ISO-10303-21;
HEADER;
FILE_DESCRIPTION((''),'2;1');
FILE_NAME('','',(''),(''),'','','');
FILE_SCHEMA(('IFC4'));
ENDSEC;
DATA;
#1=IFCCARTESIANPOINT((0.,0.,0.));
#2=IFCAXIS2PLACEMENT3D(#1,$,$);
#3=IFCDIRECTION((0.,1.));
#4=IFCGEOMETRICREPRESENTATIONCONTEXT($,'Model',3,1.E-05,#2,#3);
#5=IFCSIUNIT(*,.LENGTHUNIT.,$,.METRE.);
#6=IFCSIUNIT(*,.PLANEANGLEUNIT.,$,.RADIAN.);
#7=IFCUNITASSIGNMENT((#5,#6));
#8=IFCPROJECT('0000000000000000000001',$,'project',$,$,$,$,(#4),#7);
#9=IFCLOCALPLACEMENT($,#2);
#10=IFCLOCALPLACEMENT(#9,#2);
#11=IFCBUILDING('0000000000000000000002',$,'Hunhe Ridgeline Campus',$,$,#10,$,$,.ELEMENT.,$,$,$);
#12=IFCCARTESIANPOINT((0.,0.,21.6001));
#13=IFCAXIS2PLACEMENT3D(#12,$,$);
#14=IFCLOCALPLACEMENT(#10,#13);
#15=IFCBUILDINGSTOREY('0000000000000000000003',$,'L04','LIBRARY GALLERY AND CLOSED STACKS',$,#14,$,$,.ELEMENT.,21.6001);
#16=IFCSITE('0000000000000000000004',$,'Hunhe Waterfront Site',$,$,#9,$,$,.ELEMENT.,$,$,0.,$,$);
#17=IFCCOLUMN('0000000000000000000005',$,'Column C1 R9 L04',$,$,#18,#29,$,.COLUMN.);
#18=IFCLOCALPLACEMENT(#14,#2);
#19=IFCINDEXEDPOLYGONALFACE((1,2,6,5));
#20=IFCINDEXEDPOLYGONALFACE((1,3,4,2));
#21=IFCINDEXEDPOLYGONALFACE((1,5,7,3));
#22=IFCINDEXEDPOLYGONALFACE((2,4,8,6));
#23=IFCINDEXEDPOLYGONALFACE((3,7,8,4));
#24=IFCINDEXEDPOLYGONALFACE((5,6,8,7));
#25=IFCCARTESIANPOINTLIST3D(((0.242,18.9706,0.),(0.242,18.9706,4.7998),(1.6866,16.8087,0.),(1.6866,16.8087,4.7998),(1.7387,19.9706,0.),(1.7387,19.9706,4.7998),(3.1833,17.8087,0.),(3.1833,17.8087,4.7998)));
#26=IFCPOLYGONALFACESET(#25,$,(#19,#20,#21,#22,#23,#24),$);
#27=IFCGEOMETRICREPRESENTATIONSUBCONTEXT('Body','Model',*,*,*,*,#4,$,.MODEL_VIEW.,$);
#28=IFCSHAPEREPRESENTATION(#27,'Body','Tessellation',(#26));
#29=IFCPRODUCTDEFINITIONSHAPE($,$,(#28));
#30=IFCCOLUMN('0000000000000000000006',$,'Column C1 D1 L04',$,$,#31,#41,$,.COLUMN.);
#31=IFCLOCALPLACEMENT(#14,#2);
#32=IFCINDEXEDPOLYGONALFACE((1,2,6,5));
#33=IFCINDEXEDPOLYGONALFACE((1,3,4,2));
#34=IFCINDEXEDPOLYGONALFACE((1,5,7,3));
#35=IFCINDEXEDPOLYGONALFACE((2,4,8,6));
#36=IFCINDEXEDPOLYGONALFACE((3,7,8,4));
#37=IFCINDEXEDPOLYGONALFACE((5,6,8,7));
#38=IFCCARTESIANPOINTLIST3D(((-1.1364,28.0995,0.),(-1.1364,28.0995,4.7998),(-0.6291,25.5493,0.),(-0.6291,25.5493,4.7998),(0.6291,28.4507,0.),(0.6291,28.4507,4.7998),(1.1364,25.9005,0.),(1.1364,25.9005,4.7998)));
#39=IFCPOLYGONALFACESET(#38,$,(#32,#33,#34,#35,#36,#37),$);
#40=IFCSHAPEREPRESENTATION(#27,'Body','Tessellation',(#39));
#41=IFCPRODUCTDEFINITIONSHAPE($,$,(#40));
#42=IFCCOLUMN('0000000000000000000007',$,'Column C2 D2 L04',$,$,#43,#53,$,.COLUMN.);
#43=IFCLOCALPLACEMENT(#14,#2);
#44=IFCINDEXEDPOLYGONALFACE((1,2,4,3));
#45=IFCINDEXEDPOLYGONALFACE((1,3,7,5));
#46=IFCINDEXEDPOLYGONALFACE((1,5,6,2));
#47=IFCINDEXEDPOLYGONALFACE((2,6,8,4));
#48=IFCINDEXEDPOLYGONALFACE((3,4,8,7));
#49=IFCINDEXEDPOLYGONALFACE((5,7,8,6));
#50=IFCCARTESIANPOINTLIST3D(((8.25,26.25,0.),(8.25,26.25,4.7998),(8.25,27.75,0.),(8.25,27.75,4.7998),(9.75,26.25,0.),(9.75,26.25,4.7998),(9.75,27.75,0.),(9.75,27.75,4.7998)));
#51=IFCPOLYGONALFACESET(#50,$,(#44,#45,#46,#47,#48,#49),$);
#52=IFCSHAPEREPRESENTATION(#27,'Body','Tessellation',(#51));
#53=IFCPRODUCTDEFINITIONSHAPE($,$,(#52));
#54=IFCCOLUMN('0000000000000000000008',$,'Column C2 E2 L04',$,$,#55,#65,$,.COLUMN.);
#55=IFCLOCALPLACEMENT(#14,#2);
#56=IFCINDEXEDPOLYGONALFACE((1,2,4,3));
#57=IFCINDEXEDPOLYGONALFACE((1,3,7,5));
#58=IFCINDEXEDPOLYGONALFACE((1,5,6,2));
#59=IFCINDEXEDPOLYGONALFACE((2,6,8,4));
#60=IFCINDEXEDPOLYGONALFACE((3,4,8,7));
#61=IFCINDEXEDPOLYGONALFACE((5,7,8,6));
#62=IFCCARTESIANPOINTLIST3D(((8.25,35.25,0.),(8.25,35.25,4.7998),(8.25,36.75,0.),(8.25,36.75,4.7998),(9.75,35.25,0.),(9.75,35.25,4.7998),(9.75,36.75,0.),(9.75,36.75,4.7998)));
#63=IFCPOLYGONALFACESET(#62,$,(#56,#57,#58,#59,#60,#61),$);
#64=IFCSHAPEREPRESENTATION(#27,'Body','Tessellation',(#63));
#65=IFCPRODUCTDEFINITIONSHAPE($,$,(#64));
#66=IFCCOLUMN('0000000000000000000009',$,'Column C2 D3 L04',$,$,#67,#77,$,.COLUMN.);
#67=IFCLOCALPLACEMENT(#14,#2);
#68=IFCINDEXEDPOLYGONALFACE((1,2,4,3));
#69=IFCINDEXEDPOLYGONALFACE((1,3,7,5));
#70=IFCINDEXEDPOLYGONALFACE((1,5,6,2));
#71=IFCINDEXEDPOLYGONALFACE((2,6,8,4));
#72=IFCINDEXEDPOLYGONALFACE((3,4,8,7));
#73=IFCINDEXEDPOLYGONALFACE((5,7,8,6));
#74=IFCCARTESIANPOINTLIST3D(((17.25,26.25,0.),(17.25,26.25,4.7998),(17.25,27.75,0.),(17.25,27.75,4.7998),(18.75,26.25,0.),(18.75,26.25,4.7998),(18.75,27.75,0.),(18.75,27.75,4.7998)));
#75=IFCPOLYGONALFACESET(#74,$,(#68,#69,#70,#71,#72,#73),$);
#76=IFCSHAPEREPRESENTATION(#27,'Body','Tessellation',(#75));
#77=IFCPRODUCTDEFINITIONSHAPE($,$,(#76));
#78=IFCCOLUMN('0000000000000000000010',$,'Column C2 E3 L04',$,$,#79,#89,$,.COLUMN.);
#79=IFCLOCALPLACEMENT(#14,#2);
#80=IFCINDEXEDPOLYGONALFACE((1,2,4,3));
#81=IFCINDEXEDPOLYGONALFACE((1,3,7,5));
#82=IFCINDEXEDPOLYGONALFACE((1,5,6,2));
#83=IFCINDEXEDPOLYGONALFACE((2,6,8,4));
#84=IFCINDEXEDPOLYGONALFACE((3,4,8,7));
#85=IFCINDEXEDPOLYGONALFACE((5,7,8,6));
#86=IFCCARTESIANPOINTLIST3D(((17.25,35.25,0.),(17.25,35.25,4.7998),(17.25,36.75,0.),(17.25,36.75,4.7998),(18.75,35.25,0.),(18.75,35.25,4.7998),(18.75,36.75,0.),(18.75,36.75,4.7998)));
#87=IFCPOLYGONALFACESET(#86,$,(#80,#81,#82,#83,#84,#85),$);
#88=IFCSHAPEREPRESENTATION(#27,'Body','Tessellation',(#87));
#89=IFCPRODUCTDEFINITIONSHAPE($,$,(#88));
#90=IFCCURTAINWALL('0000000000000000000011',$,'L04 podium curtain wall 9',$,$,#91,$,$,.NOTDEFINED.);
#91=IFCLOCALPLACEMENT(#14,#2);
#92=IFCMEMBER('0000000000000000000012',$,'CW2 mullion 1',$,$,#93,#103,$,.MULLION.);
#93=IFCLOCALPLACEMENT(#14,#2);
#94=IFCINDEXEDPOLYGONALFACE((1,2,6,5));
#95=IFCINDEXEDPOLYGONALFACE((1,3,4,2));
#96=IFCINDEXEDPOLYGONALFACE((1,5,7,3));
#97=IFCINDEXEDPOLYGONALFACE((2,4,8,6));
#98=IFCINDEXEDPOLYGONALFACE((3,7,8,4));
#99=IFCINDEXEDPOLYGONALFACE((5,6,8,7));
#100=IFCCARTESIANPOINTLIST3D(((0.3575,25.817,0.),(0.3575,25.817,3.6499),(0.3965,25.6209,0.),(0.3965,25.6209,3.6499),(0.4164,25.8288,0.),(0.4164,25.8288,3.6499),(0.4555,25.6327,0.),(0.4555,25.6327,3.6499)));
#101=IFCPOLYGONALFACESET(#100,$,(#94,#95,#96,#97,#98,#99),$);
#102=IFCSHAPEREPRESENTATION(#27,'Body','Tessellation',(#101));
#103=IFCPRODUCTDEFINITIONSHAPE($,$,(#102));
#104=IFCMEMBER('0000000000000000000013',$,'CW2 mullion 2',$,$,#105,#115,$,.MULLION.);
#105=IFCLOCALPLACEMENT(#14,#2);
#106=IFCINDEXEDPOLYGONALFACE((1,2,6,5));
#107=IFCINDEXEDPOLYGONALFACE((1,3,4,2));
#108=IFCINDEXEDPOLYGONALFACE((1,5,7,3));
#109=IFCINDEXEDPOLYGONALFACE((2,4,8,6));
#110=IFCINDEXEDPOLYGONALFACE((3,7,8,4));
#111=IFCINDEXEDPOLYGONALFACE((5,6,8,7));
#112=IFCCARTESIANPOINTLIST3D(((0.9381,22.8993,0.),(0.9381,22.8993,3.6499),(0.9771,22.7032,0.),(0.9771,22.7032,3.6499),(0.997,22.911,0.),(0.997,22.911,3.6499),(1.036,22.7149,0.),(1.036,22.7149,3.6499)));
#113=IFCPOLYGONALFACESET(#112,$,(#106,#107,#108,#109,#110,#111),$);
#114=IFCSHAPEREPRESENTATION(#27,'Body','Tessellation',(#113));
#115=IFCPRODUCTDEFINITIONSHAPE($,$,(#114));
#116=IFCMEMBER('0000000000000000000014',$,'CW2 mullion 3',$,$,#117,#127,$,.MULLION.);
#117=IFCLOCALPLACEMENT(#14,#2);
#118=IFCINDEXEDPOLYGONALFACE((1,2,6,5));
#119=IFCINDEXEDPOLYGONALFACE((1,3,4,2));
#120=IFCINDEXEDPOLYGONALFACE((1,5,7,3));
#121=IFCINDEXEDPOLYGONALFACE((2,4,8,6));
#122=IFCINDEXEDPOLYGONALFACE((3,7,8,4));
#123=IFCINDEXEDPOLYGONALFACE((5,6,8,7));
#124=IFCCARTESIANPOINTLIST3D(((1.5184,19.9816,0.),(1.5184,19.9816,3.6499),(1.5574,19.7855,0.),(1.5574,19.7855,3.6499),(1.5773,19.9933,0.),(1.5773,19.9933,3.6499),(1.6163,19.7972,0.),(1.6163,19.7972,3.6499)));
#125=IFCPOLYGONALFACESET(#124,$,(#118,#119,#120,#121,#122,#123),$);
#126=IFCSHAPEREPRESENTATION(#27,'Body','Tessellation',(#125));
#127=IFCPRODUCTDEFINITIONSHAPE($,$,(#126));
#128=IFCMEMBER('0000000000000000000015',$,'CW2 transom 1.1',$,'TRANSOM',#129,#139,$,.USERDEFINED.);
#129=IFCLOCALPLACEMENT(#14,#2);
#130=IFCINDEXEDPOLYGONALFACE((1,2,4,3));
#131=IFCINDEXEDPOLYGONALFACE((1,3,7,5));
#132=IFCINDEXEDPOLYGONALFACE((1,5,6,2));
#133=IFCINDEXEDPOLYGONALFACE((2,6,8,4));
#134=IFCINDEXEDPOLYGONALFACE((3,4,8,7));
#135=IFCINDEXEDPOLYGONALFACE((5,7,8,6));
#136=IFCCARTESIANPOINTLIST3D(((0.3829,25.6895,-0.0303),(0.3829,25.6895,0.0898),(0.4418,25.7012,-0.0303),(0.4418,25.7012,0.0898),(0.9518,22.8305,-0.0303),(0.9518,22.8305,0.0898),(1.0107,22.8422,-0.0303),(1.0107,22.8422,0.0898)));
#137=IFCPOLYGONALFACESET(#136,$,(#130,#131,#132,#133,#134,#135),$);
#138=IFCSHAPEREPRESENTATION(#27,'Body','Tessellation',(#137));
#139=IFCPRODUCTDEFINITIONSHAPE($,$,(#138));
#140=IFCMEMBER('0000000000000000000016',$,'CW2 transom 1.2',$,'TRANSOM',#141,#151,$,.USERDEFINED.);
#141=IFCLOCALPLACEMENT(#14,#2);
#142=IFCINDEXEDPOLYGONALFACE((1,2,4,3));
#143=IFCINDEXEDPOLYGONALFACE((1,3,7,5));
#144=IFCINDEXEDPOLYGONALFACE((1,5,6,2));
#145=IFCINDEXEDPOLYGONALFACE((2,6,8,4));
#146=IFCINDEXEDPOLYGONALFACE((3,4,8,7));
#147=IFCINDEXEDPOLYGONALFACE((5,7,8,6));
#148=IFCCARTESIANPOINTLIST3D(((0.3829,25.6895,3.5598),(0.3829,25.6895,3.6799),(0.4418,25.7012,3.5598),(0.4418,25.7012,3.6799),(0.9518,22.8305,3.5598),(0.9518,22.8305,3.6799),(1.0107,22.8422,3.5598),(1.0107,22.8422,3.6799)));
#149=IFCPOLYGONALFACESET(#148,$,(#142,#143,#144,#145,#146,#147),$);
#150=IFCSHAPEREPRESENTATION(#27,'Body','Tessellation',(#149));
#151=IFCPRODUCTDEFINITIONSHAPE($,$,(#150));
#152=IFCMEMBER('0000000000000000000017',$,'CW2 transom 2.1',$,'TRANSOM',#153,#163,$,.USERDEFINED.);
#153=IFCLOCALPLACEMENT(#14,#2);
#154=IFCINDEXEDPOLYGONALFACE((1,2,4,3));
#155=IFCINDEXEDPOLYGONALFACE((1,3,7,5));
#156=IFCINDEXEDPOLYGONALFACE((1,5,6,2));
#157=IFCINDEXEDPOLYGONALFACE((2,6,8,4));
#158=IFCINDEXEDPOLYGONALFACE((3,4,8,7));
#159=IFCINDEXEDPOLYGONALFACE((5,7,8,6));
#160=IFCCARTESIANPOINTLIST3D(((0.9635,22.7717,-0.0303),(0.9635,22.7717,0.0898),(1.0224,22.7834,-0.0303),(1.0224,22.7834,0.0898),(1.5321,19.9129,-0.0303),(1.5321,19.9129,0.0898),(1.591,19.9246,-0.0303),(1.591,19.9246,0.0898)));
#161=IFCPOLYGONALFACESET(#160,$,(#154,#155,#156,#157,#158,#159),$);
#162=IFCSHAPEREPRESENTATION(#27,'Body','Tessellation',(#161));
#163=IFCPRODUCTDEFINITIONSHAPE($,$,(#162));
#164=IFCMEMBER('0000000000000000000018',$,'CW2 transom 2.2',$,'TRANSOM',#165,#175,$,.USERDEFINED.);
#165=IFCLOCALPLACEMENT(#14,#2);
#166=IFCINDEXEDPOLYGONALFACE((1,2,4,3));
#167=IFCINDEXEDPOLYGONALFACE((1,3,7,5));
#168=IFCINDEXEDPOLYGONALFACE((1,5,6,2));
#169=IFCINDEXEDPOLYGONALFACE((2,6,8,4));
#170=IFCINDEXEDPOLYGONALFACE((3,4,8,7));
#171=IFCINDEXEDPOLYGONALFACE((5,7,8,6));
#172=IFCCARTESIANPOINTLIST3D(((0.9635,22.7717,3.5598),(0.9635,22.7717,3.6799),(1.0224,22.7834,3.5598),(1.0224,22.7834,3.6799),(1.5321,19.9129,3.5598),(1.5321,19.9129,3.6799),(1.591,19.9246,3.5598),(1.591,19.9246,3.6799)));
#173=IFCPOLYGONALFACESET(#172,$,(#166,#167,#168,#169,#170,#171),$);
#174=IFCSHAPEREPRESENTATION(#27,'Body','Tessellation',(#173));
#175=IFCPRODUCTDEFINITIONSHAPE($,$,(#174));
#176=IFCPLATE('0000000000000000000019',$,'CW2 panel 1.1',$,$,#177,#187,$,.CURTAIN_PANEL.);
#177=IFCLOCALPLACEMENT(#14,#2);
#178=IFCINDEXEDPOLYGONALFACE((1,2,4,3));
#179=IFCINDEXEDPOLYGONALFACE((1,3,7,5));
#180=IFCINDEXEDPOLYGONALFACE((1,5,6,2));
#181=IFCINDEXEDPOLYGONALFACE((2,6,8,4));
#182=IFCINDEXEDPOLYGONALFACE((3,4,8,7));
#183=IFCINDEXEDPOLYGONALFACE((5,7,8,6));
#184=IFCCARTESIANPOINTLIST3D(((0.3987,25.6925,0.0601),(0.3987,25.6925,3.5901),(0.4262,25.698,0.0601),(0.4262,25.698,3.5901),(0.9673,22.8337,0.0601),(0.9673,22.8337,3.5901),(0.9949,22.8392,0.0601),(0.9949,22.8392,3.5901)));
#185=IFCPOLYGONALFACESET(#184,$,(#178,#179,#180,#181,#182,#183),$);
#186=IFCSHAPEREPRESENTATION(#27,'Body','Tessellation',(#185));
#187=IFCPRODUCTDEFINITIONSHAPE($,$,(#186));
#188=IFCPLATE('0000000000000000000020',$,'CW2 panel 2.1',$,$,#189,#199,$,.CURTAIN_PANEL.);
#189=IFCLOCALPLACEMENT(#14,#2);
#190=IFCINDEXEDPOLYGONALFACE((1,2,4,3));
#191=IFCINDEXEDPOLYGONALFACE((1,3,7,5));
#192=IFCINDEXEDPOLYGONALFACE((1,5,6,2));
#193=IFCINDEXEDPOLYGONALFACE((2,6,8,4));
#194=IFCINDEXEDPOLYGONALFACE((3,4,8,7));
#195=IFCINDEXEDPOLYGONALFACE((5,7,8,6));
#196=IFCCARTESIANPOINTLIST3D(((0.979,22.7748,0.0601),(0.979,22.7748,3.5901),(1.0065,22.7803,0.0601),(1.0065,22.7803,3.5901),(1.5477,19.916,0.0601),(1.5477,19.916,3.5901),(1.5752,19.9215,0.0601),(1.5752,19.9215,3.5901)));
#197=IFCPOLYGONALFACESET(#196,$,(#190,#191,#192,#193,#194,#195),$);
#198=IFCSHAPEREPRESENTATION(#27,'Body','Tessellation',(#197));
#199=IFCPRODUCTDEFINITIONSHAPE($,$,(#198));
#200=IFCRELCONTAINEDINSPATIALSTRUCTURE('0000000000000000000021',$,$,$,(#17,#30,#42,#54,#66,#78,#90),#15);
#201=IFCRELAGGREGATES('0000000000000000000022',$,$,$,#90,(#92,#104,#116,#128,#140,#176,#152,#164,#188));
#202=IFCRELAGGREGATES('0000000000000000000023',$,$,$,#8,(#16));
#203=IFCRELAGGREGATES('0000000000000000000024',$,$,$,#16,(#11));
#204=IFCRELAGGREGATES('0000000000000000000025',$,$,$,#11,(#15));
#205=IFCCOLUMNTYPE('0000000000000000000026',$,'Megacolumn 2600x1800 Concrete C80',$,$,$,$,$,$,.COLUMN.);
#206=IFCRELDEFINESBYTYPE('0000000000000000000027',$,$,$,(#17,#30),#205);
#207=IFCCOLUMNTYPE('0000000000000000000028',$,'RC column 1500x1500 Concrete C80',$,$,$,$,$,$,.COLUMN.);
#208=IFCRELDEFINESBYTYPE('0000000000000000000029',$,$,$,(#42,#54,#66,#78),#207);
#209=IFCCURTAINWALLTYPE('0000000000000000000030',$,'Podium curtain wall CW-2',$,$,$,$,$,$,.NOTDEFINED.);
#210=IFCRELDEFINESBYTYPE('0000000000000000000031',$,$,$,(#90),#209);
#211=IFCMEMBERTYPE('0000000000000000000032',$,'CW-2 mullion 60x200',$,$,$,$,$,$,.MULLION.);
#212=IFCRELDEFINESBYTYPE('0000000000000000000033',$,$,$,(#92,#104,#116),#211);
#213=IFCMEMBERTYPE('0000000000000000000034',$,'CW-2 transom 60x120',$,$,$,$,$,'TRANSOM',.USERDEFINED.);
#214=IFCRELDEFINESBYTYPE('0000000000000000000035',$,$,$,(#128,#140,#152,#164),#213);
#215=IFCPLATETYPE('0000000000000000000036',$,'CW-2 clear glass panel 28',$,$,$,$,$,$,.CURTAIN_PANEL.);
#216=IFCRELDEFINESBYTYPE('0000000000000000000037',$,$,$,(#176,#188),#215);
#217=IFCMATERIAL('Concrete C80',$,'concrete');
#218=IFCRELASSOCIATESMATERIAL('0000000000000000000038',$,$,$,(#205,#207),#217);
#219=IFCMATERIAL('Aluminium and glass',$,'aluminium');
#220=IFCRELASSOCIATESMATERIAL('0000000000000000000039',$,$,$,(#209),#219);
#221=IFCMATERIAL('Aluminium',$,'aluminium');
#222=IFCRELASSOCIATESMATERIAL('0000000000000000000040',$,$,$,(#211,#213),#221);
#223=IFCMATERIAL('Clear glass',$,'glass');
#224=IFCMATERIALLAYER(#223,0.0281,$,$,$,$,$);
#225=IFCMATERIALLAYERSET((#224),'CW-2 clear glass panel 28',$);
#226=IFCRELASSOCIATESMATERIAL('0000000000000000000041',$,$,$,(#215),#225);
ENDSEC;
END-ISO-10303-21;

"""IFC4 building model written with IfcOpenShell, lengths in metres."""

from ifc_helpers import new_model, si_unit, direction, frame, origin, origin_2d, place, context, subcontext, project, spatial, rectangle, extrude, material, layer, layer_set, material_profile, profile_set, type_object, element, aggregate, save


model = new_model("IFC4")

# Units and contexts
model_context = context("Model", 3, precision=1e-05, world=origin(), true_north=direction((0.0, 1.0)))
body_context = subcontext(model_context, "Body", "Model", "MODEL_VIEW")
ifc_project = project(units=[si_unit("LENGTHUNIT", "METRE"), si_unit("PLANEANGLEUNIT", "RADIAN")], contexts=[model_context])

# Site, building, storey
site_placement = place(None, origin())
site = spatial("IfcSite", under=ifc_project, at=site_placement, Name="Hunhe Waterfront Site", CompositionType="ELEMENT", RefElevation=0.0)
building_placement = place(site_placement, origin())
building = spatial("IfcBuilding", under=site, at=building_placement, Name="Hunhe Ridgeline Campus", CompositionType="ELEMENT")
storey_placement = place(building_placement, frame((0.0, 0.0, 21.6001)))
storey = spatial("IfcBuildingStorey", under=building, at=storey_placement, Name="L04", Description="LIBRARY GALLERY AND CLOSED STACKS", CompositionType="ELEMENT", Elevation=21.6001)

# Columns
ifc_material_1 = material(Name="Concrete C80", Category="concrete")
ifc_material_profile_1 = material_profile(ifc_material_1, rectangle(XDim=2.6001, YDim=1.8, at=origin_2d()))
ifc_profile_set_1 = profile_set([ifc_material_profile_1], Name="Concrete C80")
column_type_1 = type_object("IfcColumnType", Name="Megacolumn 2600x1800 Concrete C80", PredefinedType="COLUMN", material=ifc_profile_set_1)
for number, where, z_axis, x_axis, name in (
    (1, (1.7126, 18.3896, 0.0), (0.0, 0.0, 1.0), (-0.55557, 0.83147, 0.0), "Column C1 R9 L04"),
    (2, (0.0, 27.0, 0.0), (0.0, 0.0, 1.0), (-0.19509, 0.980785, 0.0), "Column C1 D1 L04"),
):
    element("IfcColumn", number, at=place(storey_placement, frame(where, z_axis=z_axis, x_axis=x_axis)), inside=storey, type_object=column_type_1, Name=name, PredefinedType="COLUMN", context=body_context, shape_type="SweptSolid", body=[
        extrude(rectangle(XDim=2.6001, YDim=1.8, at=origin_2d()), origin(), (0.0, 0.0, 1.0), 4.7998),
    ])
ifc_material_profile_2 = material_profile(ifc_material_1, rectangle(XDim=1.5, YDim=1.5, at=origin_2d()))
ifc_profile_set_2 = profile_set([ifc_material_profile_2], Name="Concrete C80")
column_type_2 = type_object("IfcColumnType", Name="RC column 1500x1500 Concrete C80", PredefinedType="COLUMN", material=ifc_profile_set_2)
for number, where, z_axis, x_axis, name in (
    (3, (9.0, 27.0, 0.0), (0.0, 0.0, 1.0), (1.0, 0.0, 0.0), "Column C2 D2 L04"),
    (4, (9.0, 36.0, 0.0), (0.0, 0.0, 1.0), (1.0, 0.0, 0.0), "Column C2 E2 L04"),
    (5, (18.0, 27.0, 0.0), (0.0, 0.0, 1.0), (1.0, 0.0, 0.0), "Column C2 D3 L04"),
    (6, (18.0, 36.0, 0.0), (0.0, 0.0, 1.0), (1.0, 0.0, 0.0), "Column C2 E3 L04"),
):
    element("IfcColumn", number, at=place(storey_placement, frame(where, z_axis=z_axis, x_axis=x_axis)), inside=storey, type_object=column_type_2, Name=name, PredefinedType="COLUMN", context=body_context, shape_type="SweptSolid", body=[
        extrude(rectangle(XDim=1.5, YDim=1.5, at=origin_2d()), origin(), (0.0, 0.0, 1.0), 4.7998),
    ])

# Curtain wall, members, plates
ifc_material_2 = material(Name="Aluminium and glass", Category="aluminium")
curtain_wall_type = type_object("IfcCurtainWallType", Name="Podium curtain wall CW-2", PredefinedType="NOTDEFINED", material=ifc_material_2)
curtain_wall_placement = place(storey_placement, origin())
curtain_wall = element("IfcCurtainWall", 7, at=curtain_wall_placement, inside=storey, type_object=curtain_wall_type, Name="L04 podium curtain wall 9", PredefinedType="NOTDEFINED")
ifc_material_3 = material(Name="Aluminium", Category="aluminium")
ifc_material_profile_3 = material_profile(ifc_material_3, rectangle(XDim=0.0601, YDim=0.2, at=origin_2d()))
ifc_profile_set_3 = profile_set([ifc_material_profile_3], Name="Aluminium")
member_type_1 = type_object("IfcMemberType", Name="CW-2 mullion 60x200", PredefinedType="MULLION", material=ifc_profile_set_3)
member_1_placement = place(storey_placement, frame((0.4065, 25.7249, 0.0), z_axis=(0.0, 0.0, 1.0), x_axis=(0.980784, 0.195098, 0.0)))
member_1 = element("IfcMember", 8, at=member_1_placement, type_object=member_type_1, Name="CW2 mullion 1", PredefinedType="MULLION", context=body_context, shape_type="SweptSolid", body=[
    extrude(rectangle(XDim=0.0601, YDim=0.2, at=origin_2d()), origin(), (0.0, 0.0, 1.0), 3.6499),
])
member_2_placement = place(storey_placement, frame((0.9871, 22.8071, 0.0), z_axis=(0.0, 0.0, 1.0), x_axis=(0.980784, 0.195098, 0.0)))
member_2 = element("IfcMember", 9, at=member_2_placement, type_object=member_type_1, Name="CW2 mullion 2", PredefinedType="MULLION", context=body_context, shape_type="SweptSolid", body=[
    extrude(rectangle(XDim=0.0601, YDim=0.2, at=origin_2d()), origin(), (0.0, 0.0, 1.0), 3.6499),
])
member_3_placement = place(storey_placement, frame((1.5674, 19.8894, 0.0), z_axis=(0.0, 0.0, 1.0), x_axis=(0.980784, 0.195098, 0.0)))
member_3 = element("IfcMember", 10, at=member_3_placement, type_object=member_type_1, Name="CW2 mullion 3", PredefinedType="MULLION", context=body_context, shape_type="SweptSolid", body=[
    extrude(rectangle(XDim=0.0601, YDim=0.2, at=origin_2d()), origin(), (0.0, 0.0, 1.0), 3.6499),
])
ifc_material_profile_4 = material_profile(ifc_material_3, rectangle(XDim=0.0601, YDim=0.1201, at=origin_2d()))
ifc_profile_set_4 = profile_set([ifc_material_profile_4], Name="Aluminium")
member_type_2 = type_object("IfcMemberType", Name="CW-2 transom 60x120", ElementType="TRANSOM", PredefinedType="USERDEFINED", material=ifc_profile_set_4)
member_4_placement = place(storey_placement, frame((0.4124, 25.6953, 0.0298), z_axis=(0.19515, -0.980773, 0.0), x_axis=(0.980773, 0.19515, 0.0)))
member_4 = element("IfcMember", 11, at=member_4_placement, type_object=member_type_2, Name="CW2 transom 1.1", ObjectType="TRANSOM", PredefinedType="USERDEFINED", context=body_context, shape_type="SweptSolid", body=[
    extrude(rectangle(XDim=0.0601, YDim=0.1201, at=origin_2d()), origin(), (0.0, 0.0, 1.0), 2.915),
])
member_5_placement = place(storey_placement, frame((0.4124, 25.6953, 3.6199), z_axis=(0.19515, -0.980773, 0.0), x_axis=(0.980773, 0.19515, 0.0)))
member_5 = element("IfcMember", 12, at=member_5_placement, type_object=member_type_2, Name="CW2 transom 1.2", ObjectType="TRANSOM", PredefinedType="USERDEFINED", context=body_context, shape_type="SweptSolid", body=[
    extrude(rectangle(XDim=0.0601, YDim=0.1201, at=origin_2d()), origin(), (0.0, 0.0, 1.0), 2.915),
])
member_6_placement = place(storey_placement, frame((0.9929, 22.7776, 0.0298), z_axis=(0.195069, -0.98079, 0.0), x_axis=(0.98079, 0.195069, 0.0)))
member_6 = element("IfcMember", 13, at=member_6_placement, type_object=member_type_2, Name="CW2 transom 2.1", ObjectType="TRANSOM", PredefinedType="USERDEFINED", context=body_context, shape_type="SweptSolid", body=[
    extrude(rectangle(XDim=0.0601, YDim=0.1201, at=origin_2d()), origin(), (0.0, 0.0, 1.0), 2.9148),
])
member_7_placement = place(storey_placement, frame((0.9929, 22.7776, 3.6199), z_axis=(0.195069, -0.98079, 0.0), x_axis=(0.98079, 0.195069, 0.0)))
member_7 = element("IfcMember", 14, at=member_7_placement, type_object=member_type_2, Name="CW2 transom 2.2", ObjectType="TRANSOM", PredefinedType="USERDEFINED", context=body_context, shape_type="SweptSolid", body=[
    extrude(rectangle(XDim=0.0601, YDim=0.1201, at=origin_2d()), origin(), (0.0, 0.0, 1.0), 2.9148),
])
ifc_material_4 = material(Name="Clear glass", Category="glass")
ifc_layer_1 = layer(ifc_material_4, 0.0281)
ifc_layer_set_1 = layer_set([ifc_layer_1], Name="CW-2 clear glass panel 28")
plate_type = type_object("IfcPlateType", Name="CW-2 clear glass panel 28", PredefinedType="CURTAIN_PANEL", material=ifc_layer_set_1)
plate_1_placement = place(storey_placement, frame((0.6968, 24.2659, 0.0601), z_axis=(0.0, 0.0, 1.0), x_axis=(0.195098, -0.980784, 0.0)))
plate_1 = element("IfcPlate", 15, at=plate_1_placement, type_object=plate_type, Name="CW2 panel 1.1", PredefinedType="CURTAIN_PANEL", context=body_context, shape_type="SweptSolid", body=[
    extrude(rectangle(XDim=2.9148, YDim=0.0281, at=origin_2d()), origin(), (0.0, 0.0, 1.0), 3.53),
])
plate_2_placement = place(storey_placement, frame((1.2771, 21.3481, 0.0601), z_axis=(0.0, 0.0, 1.0), x_axis=(0.195098, -0.980784, 0.0)))
plate_2 = element("IfcPlate", 16, at=plate_2_placement, type_object=plate_type, Name="CW2 panel 2.1", PredefinedType="CURTAIN_PANEL", context=body_context, shape_type="SweptSolid", body=[
    extrude(rectangle(XDim=2.9148, YDim=0.0281, at=origin_2d()), origin(), (0.0, 0.0, 1.0), 3.53),
])
aggregate(curtain_wall, [member_1, member_2, member_3, member_4, member_5, plate_1, member_6, member_7, plate_2])

save(model, "model.ifc")
